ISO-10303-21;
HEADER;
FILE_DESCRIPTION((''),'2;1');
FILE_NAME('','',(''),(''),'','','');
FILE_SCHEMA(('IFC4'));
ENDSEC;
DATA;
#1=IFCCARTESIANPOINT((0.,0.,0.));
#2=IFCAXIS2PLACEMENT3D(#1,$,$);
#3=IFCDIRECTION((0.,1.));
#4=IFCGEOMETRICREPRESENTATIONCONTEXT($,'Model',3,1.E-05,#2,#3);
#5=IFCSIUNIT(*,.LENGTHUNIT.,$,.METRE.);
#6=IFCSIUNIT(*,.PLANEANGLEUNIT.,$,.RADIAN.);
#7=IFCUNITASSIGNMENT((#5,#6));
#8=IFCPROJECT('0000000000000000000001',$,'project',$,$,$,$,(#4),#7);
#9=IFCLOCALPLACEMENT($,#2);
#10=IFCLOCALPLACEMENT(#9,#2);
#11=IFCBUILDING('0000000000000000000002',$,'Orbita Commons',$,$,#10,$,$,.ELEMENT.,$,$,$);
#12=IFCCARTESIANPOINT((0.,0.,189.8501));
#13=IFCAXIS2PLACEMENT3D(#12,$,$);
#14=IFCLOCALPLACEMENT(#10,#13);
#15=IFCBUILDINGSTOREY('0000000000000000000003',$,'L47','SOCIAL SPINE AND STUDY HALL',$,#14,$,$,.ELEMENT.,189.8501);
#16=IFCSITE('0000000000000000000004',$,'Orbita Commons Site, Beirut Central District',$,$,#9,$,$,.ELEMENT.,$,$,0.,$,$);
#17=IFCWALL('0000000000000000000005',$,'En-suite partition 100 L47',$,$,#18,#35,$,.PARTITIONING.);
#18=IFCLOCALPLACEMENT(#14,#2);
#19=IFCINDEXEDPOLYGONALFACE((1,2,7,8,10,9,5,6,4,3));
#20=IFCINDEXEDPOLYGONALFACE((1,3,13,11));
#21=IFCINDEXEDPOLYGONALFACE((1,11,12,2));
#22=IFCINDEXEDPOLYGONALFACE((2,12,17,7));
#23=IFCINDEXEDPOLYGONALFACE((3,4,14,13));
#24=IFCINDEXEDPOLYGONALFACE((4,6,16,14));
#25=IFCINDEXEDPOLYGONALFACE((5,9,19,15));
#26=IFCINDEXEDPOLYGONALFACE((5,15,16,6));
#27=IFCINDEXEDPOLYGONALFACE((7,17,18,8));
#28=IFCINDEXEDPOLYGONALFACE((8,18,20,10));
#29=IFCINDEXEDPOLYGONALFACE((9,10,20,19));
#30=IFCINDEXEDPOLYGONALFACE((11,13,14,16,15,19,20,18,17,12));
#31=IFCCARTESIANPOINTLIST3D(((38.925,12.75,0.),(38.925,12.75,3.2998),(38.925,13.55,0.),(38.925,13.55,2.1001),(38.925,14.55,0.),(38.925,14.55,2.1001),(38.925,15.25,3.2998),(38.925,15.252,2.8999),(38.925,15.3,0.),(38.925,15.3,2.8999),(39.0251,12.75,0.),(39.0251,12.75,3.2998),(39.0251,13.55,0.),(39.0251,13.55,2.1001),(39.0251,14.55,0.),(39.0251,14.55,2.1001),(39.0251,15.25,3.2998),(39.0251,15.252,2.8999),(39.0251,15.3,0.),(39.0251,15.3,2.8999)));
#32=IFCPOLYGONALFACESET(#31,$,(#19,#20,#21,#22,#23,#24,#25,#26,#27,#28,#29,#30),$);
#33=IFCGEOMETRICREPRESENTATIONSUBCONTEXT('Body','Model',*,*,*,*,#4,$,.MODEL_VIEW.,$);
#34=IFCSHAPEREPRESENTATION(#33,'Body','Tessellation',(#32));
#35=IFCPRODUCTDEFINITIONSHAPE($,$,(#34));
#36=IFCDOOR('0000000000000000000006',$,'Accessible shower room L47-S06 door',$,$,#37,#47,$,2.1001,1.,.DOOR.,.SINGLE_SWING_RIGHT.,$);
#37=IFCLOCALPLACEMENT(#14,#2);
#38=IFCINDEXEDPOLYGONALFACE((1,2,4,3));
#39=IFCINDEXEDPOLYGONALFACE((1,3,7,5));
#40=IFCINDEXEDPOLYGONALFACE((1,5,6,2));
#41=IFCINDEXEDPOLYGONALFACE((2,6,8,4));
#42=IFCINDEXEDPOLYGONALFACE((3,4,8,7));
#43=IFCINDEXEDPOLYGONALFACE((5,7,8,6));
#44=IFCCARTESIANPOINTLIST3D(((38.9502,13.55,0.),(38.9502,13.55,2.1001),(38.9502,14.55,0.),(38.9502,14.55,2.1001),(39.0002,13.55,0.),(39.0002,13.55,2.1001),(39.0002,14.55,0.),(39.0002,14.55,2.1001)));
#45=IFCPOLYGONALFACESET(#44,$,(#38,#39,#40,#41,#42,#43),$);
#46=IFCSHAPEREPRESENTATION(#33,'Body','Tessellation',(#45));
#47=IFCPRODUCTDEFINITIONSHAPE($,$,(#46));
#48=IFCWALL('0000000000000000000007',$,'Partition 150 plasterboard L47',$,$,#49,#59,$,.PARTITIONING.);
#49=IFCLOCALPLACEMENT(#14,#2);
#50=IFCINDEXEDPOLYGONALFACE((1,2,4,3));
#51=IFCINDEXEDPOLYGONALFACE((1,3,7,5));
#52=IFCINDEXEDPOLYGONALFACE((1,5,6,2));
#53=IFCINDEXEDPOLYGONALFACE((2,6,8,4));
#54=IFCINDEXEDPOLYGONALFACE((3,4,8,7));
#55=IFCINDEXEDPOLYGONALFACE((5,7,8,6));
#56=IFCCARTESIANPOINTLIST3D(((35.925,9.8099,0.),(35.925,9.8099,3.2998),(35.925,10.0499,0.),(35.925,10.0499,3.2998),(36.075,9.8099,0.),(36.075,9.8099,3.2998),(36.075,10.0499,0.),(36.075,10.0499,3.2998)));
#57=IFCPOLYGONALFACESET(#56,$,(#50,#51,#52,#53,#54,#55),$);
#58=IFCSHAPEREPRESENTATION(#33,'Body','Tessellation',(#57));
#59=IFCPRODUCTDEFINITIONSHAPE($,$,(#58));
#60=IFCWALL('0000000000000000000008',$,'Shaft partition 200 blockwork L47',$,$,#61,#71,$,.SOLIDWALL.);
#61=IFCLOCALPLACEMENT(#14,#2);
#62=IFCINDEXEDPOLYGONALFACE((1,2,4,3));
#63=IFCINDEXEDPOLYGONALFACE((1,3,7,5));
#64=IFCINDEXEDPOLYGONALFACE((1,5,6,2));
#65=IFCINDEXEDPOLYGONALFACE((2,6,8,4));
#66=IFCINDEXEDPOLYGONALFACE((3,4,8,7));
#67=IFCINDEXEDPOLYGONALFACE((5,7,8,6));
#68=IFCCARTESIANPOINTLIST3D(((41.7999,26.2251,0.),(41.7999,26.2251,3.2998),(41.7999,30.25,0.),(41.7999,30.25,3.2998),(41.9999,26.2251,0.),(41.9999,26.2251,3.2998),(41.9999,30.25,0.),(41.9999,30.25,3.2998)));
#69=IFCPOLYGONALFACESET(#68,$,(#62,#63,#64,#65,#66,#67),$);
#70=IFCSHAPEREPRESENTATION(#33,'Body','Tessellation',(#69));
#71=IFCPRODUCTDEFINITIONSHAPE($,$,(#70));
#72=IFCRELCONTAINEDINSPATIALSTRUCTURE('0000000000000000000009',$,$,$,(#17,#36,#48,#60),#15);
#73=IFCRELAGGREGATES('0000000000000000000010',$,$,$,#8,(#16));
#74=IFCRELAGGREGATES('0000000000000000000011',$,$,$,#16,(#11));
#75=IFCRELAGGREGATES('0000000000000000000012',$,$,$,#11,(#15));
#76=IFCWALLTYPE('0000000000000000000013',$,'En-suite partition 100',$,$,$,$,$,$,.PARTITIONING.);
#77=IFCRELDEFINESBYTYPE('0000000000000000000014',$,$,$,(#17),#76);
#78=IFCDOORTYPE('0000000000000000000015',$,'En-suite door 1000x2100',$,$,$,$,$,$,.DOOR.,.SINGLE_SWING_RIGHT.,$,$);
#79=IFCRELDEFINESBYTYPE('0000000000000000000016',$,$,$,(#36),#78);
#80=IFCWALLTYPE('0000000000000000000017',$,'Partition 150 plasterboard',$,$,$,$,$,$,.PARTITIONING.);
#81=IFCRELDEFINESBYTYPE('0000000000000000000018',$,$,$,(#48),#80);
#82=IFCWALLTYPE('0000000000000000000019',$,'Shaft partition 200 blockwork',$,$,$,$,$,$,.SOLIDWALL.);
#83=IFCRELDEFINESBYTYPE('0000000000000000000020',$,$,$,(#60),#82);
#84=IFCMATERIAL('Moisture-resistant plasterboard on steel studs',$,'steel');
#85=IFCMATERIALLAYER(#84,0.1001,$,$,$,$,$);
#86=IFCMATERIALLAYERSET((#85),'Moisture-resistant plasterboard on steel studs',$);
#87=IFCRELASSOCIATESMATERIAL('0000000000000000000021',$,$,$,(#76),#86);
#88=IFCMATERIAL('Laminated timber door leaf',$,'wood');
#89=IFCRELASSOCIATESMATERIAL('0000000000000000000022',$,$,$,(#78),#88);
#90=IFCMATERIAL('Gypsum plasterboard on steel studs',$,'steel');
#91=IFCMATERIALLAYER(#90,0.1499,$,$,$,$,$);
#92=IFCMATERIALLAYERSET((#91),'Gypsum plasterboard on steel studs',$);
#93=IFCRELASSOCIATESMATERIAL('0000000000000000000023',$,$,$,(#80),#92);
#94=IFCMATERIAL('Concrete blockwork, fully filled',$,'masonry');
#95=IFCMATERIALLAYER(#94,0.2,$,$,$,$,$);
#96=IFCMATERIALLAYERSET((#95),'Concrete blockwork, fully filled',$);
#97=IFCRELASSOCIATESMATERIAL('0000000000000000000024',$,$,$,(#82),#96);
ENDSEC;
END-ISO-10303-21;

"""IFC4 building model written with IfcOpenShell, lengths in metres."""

from ifc_helpers import new_model, si_unit, direction, frame, frame_2d, origin, place, context, subcontext, project, spatial, polyline, rectangle, outline, extrude, material, layer, layer_set, type_object, element, fill, save


model = new_model("IFC4")

# Units and contexts
model_context = context("Model", 3, precision=1e-05, world=origin(), true_north=direction((0.0, 1.0)))
body_context = subcontext(model_context, "Body", "Model", "MODEL_VIEW")
ifc_project = project(units=[si_unit("LENGTHUNIT", "METRE"), si_unit("PLANEANGLEUNIT", "RADIAN")], contexts=[model_context])

# Site, building, storey
site_placement = place(None, origin())
site = spatial("IfcSite", under=ifc_project, at=site_placement, Name="Orbita Commons Site, Beirut Central District", CompositionType="ELEMENT", RefElevation=0.0)
building_placement = place(site_placement, origin())
building = spatial("IfcBuilding", under=site, at=building_placement, Name="Orbita Commons", CompositionType="ELEMENT")
storey_placement = place(building_placement, frame((0.0, 0.0, 189.8501)))
storey = spatial("IfcBuildingStorey", under=building, at=storey_placement, Name="L47", Description="SOCIAL SPINE AND STUDY HALL", CompositionType="ELEMENT", Elevation=189.8501)

# Shared definitions
ifc_material_1 = material(Name="Moisture-resistant plasterboard on steel studs", Category="steel")
ifc_layer_1 = layer(ifc_material_1, 0.1001)
ifc_layer_set_1 = layer_set([ifc_layer_1], Name="Moisture-resistant plasterboard on steel studs")
wall_type_1 = type_object("IfcWallType", Name="En-suite partition 100", PredefinedType="PARTITIONING", material=ifc_layer_set_1)

# Wall, opening, door
wall_1_placement = place(storey_placement, frame((38.9751, 12.75, 0.0), z_axis=(0.0, 0.0, 1.0), x_axis=(0.0, 1.0, 0.0)))
wall_1 = element("IfcWall", 1, at=wall_1_placement, inside=storey, type_object=wall_type_1, Name="En-suite partition 100 L47", PredefinedType="PARTITIONING", context=body_context, shape_type="SweptSolid", body=[
    extrude(outline(polyline([(0.0, 0.0), (2.55, 0.0), (2.55, 2.8999), (2.502, 2.8999), (2.5, 3.2998), (0.0, 3.2998), (0.0, 0.0)])), frame((0.0, 0.05, 0.0), z_axis=(0.0, -1.0, 0.0), x_axis=(1.0, 0.0, 0.0)), (0.0, 0.0, 1.0), 0.1001),
])
opening_1_placement = place(wall_1_placement, frame((0.8, 0.0, 0.0)))
opening_1 = element("IfcOpeningElement", 2, at=opening_1_placement, cuts=wall_1, PredefinedType="OPENING", context=body_context, shape_type="SweptSolid", body=[
    extrude(rectangle(XDim=1.0, YDim=2.1001, at=frame_2d((0.5, 1.05))), frame((0.0, 0.0601, 0.0), z_axis=(0.0, -1.0, 0.0), x_axis=(1.0, 0.0, 0.0)), (0.0, 0.0, 1.0), 0.1201),
])
ifc_material_2 = material(Name="Laminated timber door leaf", Category="wood")
door_type_1 = type_object("IfcDoorType", Name="En-suite door 1000x2100", OperationType="SINGLE_SWING_RIGHT", PredefinedType="DOOR", material=ifc_material_2)
door_1_placement = place(opening_1_placement, origin())
door_1 = element("IfcDoor", 3, at=door_1_placement, inside=storey, type_object=door_type_1, Name="Accessible shower room L47-S06 door", OperationType="SINGLE_SWING_RIGHT", OverallHeight=2.1001, OverallWidth=1.0, PredefinedType="DOOR", context=body_context, shape_type="SweptSolid", body=[
    extrude(rectangle(XDim=1.0, YDim=2.1001, at=frame_2d((0.5, 1.05))), frame((0.0, 0.0249, 0.0), z_axis=(0.0, -1.0, 0.0), x_axis=(1.0, 0.0, 0.0)), (0.0, 0.0, 1.0), 0.05),
])
fill(opening_1, door_1)

# Walls
ifc_material_3 = material(Name="Gypsum plasterboard on steel studs", Category="steel")
ifc_layer_2 = layer(ifc_material_3, 0.1499)
ifc_layer_set_2 = layer_set([ifc_layer_2], Name="Gypsum plasterboard on steel studs")
wall_type_2 = type_object("IfcWallType", Name="Partition 150 plasterboard", PredefinedType="PARTITIONING", material=ifc_layer_set_2)
wall_2_placement = place(storey_placement, frame((36.0, 10.05, 0.0), z_axis=(0.0, 0.0, 1.0), x_axis=(0.0, -1.0, 0.0)))
element("IfcWall", 4, at=wall_2_placement, inside=storey, type_object=wall_type_2, Name="Partition 150 plasterboard L47", PredefinedType="PARTITIONING", context=body_context, shape_type="SweptSolid", body=[
    extrude(rectangle(XDim=0.24, YDim=0.1499, at=frame_2d((0.1201, 0.0))), origin(), (0.0, 0.0, 1.0), 3.2998),
])
ifc_material_4 = material(Name="Concrete blockwork, fully filled", Category="masonry")
ifc_layer_3 = layer(ifc_material_4, 0.2)
ifc_layer_set_3 = layer_set([ifc_layer_3], Name="Concrete blockwork, fully filled")
wall_type_3 = type_object("IfcWallType", Name="Shaft partition 200 blockwork", PredefinedType="SOLIDWALL", material=ifc_layer_set_3)
wall_3_placement = place(storey_placement, frame((41.8999, 26.2251, 0.0), z_axis=(0.0, 0.0, 1.0), x_axis=(0.0, 1.0, 0.0)))
element("IfcWall", 5, at=wall_3_placement, inside=storey, type_object=wall_type_3, Name="Shaft partition 200 blockwork L47", PredefinedType="SOLIDWALL", context=body_context, shape_type="SweptSolid", body=[
    extrude(rectangle(XDim=4.0249, YDim=0.2, at=frame_2d((2.0125, 0.0))), origin(), (0.0, 0.0, 1.0), 3.2998),
])

save(model, "model.ifc")
